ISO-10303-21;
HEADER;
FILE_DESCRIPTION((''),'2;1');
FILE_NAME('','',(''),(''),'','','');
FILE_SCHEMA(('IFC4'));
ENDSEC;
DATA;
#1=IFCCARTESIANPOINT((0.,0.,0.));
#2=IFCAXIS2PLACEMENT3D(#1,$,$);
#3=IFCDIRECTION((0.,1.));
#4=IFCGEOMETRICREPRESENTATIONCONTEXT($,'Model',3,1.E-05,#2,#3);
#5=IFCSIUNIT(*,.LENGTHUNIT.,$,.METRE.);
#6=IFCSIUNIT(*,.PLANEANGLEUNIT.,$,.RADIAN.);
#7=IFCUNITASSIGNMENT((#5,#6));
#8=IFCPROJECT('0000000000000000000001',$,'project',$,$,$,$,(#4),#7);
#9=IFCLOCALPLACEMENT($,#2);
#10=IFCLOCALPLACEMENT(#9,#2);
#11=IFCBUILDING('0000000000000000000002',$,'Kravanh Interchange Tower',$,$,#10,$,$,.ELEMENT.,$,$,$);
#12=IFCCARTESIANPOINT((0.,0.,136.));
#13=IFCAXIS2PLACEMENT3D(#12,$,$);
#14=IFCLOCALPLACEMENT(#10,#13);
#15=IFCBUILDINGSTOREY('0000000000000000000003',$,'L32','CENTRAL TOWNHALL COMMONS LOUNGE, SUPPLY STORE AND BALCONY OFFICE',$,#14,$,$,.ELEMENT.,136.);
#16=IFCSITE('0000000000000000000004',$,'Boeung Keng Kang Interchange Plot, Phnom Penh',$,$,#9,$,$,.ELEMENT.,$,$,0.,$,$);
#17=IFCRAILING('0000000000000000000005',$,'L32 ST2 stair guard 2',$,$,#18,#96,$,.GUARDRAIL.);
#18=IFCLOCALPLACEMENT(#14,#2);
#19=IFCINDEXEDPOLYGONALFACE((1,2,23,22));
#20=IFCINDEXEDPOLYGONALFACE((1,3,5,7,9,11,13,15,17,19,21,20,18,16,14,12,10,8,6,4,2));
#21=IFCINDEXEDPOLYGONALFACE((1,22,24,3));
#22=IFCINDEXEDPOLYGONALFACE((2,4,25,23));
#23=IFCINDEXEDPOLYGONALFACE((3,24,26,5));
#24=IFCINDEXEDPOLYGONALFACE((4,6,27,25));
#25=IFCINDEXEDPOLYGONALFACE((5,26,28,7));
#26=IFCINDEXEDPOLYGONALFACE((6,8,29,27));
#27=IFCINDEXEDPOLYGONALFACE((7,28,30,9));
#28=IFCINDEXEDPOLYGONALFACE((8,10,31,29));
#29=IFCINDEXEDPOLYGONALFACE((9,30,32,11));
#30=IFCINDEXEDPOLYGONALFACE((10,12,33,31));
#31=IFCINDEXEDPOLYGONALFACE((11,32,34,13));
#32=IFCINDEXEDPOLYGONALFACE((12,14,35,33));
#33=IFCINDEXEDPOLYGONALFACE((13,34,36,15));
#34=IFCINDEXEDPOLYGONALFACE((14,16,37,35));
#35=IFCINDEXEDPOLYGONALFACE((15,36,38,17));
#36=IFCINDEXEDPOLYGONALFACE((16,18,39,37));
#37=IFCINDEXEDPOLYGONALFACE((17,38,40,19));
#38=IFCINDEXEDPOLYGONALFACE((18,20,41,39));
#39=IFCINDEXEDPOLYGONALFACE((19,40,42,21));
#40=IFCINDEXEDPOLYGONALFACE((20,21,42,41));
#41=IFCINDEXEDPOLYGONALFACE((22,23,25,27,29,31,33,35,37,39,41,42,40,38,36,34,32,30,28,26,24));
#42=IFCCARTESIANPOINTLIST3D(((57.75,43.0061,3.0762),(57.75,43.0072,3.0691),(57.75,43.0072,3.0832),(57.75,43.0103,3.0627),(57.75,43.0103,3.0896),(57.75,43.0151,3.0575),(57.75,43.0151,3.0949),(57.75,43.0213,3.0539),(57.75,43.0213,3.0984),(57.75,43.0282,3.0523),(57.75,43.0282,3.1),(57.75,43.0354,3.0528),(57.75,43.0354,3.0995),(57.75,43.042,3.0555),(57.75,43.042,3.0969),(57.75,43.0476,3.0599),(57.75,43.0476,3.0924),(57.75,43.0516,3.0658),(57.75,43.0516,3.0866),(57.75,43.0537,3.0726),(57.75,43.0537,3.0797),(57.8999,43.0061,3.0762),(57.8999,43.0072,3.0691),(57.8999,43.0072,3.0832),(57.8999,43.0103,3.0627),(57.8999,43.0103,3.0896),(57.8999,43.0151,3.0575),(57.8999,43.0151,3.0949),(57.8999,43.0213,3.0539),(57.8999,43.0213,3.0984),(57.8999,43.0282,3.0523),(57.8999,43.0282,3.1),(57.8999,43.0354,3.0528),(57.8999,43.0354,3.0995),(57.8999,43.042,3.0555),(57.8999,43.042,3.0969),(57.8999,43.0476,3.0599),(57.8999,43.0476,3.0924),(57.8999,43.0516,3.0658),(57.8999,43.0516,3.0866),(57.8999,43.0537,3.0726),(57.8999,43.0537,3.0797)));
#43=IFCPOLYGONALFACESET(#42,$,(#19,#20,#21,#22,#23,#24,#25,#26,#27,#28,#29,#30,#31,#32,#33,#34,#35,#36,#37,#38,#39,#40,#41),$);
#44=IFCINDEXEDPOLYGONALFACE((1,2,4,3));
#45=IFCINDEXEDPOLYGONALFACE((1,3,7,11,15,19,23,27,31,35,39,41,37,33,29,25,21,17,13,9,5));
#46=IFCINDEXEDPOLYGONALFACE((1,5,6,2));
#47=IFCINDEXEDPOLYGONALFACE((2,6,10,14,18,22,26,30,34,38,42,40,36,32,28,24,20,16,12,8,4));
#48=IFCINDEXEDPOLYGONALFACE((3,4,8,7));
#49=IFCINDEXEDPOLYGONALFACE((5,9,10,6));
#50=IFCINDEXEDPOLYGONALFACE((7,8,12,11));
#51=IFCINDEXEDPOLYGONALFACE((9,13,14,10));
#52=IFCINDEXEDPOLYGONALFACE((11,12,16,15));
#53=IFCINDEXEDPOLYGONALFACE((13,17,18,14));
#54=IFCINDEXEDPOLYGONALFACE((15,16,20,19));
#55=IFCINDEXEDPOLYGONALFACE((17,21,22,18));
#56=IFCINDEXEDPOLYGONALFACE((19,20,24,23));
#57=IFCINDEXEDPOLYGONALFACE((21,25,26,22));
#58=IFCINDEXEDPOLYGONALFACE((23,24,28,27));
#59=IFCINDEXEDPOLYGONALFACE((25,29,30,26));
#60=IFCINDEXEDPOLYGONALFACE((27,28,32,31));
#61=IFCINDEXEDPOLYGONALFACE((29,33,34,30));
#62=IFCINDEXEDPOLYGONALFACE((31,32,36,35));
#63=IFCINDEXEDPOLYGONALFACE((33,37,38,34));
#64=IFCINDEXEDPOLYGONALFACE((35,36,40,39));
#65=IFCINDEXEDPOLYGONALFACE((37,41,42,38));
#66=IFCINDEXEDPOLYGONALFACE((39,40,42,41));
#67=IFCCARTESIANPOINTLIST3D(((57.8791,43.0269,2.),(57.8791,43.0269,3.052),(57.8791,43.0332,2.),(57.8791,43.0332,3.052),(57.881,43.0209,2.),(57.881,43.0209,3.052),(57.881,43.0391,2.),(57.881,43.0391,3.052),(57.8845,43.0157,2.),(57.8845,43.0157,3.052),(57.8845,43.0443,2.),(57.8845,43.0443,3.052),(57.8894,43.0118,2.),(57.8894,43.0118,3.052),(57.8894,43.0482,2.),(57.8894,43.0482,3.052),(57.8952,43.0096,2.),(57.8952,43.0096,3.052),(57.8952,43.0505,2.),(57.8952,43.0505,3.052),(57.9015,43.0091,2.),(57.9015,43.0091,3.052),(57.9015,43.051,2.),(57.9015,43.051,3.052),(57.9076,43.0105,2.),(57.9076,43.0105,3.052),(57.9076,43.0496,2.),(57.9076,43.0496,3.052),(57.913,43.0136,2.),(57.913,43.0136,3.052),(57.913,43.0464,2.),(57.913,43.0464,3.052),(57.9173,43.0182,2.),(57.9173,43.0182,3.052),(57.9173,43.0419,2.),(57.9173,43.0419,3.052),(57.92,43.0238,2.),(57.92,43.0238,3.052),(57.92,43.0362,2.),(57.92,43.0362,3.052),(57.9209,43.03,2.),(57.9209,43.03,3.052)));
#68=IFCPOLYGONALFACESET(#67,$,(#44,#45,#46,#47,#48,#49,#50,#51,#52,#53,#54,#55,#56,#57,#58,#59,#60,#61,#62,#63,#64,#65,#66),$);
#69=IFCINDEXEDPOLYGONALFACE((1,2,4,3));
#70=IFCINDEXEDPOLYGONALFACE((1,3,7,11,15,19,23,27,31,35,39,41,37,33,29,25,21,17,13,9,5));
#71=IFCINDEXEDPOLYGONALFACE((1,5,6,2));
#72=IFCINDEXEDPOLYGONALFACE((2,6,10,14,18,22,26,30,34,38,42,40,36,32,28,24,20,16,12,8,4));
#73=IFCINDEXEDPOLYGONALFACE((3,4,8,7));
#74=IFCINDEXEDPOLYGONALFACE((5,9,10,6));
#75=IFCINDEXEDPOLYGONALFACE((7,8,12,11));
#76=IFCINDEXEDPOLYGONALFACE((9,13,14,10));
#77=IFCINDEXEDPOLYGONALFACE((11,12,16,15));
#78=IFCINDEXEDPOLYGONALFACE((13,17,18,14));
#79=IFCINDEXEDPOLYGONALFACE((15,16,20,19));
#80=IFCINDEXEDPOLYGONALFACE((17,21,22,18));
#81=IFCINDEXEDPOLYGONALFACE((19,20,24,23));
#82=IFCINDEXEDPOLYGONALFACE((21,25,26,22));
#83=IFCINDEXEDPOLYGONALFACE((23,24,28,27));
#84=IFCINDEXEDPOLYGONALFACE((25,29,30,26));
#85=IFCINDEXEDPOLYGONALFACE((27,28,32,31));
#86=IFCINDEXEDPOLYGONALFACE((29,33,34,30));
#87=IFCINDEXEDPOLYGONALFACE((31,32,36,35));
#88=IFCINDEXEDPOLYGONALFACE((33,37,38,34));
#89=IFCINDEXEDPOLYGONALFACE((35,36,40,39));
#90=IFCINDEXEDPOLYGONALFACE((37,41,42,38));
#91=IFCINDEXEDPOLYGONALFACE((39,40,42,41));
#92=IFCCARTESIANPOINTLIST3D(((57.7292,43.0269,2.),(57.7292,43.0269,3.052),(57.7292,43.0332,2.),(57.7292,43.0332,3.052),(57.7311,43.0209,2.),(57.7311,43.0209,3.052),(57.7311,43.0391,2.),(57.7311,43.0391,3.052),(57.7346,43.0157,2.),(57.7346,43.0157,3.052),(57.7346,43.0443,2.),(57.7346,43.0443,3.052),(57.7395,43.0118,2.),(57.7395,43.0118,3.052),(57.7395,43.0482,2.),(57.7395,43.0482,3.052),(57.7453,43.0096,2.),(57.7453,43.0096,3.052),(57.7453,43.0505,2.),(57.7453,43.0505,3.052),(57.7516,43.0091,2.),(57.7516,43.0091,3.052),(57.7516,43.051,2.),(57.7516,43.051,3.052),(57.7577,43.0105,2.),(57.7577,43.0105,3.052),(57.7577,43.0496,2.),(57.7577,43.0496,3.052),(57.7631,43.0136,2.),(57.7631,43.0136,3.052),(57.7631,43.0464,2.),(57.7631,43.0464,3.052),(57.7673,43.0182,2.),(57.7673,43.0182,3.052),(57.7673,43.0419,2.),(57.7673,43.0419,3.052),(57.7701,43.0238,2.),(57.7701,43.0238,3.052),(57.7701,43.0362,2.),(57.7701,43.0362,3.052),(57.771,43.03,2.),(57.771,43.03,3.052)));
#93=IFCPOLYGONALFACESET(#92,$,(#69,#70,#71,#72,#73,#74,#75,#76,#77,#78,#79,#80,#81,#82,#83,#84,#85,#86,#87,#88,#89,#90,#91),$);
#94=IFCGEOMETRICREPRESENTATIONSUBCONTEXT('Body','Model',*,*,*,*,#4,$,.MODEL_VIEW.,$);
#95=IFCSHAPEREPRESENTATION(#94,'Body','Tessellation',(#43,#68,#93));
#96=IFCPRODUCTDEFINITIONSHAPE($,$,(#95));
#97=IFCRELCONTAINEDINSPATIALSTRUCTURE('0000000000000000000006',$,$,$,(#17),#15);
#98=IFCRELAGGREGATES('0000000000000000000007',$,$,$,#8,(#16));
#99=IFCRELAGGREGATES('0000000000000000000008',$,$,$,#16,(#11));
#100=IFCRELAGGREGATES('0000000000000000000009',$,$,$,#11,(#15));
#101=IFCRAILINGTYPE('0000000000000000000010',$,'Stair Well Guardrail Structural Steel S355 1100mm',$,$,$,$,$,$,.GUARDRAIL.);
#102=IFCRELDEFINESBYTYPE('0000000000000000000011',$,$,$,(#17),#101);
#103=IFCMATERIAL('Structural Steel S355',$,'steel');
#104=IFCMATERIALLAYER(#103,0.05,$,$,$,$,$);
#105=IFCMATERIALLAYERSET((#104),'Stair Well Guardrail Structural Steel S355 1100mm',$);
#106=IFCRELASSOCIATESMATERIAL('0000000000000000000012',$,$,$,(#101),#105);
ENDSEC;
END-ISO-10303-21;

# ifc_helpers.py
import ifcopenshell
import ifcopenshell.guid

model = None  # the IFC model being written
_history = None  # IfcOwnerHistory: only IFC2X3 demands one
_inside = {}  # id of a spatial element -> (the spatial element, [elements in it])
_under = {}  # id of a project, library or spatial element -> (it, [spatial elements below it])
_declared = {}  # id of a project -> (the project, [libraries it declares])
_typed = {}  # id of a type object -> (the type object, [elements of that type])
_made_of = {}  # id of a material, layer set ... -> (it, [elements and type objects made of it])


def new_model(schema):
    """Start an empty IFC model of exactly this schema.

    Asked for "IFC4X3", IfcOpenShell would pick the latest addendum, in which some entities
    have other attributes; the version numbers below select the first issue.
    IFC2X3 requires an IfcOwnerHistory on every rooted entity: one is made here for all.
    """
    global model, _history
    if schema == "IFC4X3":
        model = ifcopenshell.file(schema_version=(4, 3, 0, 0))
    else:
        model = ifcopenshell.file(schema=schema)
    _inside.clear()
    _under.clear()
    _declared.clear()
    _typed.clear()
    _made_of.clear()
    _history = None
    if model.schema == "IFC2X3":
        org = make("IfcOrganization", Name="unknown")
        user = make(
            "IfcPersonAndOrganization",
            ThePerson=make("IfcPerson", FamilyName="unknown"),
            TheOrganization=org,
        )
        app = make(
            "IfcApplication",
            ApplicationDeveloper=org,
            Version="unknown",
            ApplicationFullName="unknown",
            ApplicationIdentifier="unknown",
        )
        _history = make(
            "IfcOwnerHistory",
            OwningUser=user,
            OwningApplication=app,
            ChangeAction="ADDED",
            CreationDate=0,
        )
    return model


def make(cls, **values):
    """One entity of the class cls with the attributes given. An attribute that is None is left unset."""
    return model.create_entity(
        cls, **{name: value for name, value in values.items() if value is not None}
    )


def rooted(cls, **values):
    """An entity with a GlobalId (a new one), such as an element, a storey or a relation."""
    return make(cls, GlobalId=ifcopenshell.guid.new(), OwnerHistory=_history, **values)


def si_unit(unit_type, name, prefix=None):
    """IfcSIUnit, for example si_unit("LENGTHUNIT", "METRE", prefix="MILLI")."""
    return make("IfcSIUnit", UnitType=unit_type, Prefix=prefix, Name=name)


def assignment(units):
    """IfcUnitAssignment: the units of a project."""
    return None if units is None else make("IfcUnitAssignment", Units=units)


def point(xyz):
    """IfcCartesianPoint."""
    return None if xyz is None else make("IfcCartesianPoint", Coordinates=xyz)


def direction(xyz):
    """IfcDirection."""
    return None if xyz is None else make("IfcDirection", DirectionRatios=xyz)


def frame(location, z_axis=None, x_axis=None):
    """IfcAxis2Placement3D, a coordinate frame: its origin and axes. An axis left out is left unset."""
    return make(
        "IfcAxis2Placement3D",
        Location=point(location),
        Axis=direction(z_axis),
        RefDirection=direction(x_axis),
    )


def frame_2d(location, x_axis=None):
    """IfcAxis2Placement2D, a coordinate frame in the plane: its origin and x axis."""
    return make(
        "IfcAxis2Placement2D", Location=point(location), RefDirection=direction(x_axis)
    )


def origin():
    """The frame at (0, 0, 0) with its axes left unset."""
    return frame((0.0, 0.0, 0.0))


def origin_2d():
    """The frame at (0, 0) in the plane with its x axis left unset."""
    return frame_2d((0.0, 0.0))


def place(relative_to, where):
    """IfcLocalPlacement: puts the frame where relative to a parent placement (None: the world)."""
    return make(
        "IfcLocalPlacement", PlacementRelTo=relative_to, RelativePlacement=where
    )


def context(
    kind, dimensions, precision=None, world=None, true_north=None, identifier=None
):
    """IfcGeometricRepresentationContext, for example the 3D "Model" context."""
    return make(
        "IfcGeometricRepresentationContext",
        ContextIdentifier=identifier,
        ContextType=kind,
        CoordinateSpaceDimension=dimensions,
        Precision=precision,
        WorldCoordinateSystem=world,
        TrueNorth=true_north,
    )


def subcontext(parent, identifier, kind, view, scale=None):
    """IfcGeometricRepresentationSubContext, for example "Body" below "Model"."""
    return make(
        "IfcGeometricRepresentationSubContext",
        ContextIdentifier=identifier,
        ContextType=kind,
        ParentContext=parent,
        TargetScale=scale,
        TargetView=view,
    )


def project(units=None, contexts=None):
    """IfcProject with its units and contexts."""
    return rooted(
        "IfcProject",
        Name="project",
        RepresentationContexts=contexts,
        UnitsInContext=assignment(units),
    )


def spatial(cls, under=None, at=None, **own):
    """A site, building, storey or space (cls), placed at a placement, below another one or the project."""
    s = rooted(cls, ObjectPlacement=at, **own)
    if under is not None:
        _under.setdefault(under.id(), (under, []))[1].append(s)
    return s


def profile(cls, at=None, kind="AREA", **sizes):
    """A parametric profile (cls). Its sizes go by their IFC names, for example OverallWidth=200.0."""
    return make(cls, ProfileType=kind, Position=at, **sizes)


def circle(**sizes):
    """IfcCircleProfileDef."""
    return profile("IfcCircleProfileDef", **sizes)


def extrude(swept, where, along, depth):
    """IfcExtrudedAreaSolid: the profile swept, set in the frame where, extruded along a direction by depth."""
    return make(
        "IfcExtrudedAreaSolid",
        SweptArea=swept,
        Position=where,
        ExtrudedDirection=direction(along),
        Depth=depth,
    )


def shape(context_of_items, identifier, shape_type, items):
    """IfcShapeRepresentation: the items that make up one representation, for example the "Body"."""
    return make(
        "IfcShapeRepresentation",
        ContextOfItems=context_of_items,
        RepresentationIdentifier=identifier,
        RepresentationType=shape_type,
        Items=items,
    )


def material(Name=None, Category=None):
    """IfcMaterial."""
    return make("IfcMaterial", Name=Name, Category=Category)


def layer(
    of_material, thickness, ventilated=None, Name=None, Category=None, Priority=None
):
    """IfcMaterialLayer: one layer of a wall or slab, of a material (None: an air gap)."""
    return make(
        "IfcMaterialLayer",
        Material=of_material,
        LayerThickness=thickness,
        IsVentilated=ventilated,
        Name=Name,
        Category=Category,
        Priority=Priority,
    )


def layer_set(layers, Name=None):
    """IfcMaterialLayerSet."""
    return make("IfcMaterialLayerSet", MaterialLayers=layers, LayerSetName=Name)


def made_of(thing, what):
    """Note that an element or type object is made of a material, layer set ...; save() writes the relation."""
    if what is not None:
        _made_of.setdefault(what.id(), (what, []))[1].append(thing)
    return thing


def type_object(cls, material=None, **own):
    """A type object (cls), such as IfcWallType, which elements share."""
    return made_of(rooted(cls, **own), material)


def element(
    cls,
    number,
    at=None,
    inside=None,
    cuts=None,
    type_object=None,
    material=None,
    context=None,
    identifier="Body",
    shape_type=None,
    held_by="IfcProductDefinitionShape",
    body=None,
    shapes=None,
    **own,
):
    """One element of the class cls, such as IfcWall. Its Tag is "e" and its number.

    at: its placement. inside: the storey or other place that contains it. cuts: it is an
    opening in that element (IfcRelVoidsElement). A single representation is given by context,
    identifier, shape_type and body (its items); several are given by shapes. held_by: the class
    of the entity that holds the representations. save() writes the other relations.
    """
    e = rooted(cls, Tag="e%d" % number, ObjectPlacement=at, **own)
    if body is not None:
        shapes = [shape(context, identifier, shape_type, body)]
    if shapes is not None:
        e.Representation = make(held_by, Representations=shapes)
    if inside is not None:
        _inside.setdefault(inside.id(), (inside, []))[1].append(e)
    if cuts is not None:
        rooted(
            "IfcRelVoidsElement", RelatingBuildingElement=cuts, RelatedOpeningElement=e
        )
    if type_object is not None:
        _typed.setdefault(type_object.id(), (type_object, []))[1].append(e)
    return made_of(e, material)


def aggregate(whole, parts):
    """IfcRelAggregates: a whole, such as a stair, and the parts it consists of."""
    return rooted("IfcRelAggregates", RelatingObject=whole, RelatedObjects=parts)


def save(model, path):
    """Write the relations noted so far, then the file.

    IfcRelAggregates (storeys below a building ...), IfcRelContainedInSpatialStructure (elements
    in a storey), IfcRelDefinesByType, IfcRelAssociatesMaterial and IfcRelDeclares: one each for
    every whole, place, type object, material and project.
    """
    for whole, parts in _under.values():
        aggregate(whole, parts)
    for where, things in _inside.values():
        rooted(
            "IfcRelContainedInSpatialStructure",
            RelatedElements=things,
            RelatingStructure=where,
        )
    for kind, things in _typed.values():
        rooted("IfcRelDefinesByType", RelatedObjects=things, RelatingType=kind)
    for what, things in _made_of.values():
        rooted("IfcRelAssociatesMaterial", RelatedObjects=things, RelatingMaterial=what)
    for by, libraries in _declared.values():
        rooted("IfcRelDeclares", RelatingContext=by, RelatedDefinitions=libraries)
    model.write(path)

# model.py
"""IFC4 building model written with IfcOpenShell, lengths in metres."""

from ifc_helpers import new_model, si_unit, direction, frame, origin, origin_2d, place, context, subcontext, project, spatial, circle, extrude, material, layer, layer_set, type_object, element, save


model = new_model("IFC4")

# Units and contexts
model_context = context("Model", 3, precision=1e-05, world=origin(), true_north=direction((0.0, 1.0)))
body_context = subcontext(model_context, "Body", "Model", "MODEL_VIEW")
ifc_project = project(units=[si_unit("LENGTHUNIT", "METRE"), si_unit("PLANEANGLEUNIT", "RADIAN")], contexts=[model_context])

# Site, building, storey
site_placement = place(None, origin())
site = spatial("IfcSite", under=ifc_project, at=site_placement, Name="Boeung Keng Kang Interchange Plot, Phnom Penh", CompositionType="ELEMENT", RefElevation=0.0)
building_placement = place(site_placement, origin())
building = spatial("IfcBuilding", under=site, at=building_placement, Name="Kravanh Interchange Tower", CompositionType="ELEMENT")
storey_placement = place(building_placement, frame((0.0, 0.0, 136.0)))
storey = spatial("IfcBuildingStorey", under=building, at=storey_placement, Name="L32", Description="CENTRAL TOWNHALL COMMONS LOUNGE, SUPPLY STORE AND BALCONY OFFICE", CompositionType="ELEMENT", Elevation=136.0)

# Railing
ifc_material_1 = material(Name="Structural Steel S355", Category="steel")
ifc_layer_1 = layer(ifc_material_1, 0.05)
ifc_layer_set_1 = layer_set([ifc_layer_1], Name="Stair Well Guardrail Structural Steel S355 1100mm")
railing_type_1 = type_object("IfcRailingType", Name="Stair Well Guardrail Structural Steel S355 1100mm", PredefinedType="GUARDRAIL", material=ifc_layer_set_1)
railing_1_placement = place(storey_placement, frame((57.8999, 43.03, 2.0)))
element("IfcRailing", 1, at=railing_1_placement, inside=storey, type_object=railing_type_1, Name="L32 ST2 stair guard 2", PredefinedType="GUARDRAIL", context=body_context, shape_type="SweptSolid", body=[
    extrude(circle(Radius=0.0239, at=origin_2d()), frame((0.0, 0.0, 1.0762), z_axis=(-1.0, 0.0, 0.0), x_axis=(0.0, -1.0, 0.0)), (0.0, 0.0, 1.0), 0.1499),
    extrude(circle(Radius=0.021, at=origin_2d()), origin(), (0.0, 0.0, 1.0), 1.052),
    extrude(circle(Radius=0.021, at=origin_2d()), frame((-0.1499, 0.0, 0.0)), (0.0, 0.0, 1.0), 1.052),
])

save(model, "model.ifc")
